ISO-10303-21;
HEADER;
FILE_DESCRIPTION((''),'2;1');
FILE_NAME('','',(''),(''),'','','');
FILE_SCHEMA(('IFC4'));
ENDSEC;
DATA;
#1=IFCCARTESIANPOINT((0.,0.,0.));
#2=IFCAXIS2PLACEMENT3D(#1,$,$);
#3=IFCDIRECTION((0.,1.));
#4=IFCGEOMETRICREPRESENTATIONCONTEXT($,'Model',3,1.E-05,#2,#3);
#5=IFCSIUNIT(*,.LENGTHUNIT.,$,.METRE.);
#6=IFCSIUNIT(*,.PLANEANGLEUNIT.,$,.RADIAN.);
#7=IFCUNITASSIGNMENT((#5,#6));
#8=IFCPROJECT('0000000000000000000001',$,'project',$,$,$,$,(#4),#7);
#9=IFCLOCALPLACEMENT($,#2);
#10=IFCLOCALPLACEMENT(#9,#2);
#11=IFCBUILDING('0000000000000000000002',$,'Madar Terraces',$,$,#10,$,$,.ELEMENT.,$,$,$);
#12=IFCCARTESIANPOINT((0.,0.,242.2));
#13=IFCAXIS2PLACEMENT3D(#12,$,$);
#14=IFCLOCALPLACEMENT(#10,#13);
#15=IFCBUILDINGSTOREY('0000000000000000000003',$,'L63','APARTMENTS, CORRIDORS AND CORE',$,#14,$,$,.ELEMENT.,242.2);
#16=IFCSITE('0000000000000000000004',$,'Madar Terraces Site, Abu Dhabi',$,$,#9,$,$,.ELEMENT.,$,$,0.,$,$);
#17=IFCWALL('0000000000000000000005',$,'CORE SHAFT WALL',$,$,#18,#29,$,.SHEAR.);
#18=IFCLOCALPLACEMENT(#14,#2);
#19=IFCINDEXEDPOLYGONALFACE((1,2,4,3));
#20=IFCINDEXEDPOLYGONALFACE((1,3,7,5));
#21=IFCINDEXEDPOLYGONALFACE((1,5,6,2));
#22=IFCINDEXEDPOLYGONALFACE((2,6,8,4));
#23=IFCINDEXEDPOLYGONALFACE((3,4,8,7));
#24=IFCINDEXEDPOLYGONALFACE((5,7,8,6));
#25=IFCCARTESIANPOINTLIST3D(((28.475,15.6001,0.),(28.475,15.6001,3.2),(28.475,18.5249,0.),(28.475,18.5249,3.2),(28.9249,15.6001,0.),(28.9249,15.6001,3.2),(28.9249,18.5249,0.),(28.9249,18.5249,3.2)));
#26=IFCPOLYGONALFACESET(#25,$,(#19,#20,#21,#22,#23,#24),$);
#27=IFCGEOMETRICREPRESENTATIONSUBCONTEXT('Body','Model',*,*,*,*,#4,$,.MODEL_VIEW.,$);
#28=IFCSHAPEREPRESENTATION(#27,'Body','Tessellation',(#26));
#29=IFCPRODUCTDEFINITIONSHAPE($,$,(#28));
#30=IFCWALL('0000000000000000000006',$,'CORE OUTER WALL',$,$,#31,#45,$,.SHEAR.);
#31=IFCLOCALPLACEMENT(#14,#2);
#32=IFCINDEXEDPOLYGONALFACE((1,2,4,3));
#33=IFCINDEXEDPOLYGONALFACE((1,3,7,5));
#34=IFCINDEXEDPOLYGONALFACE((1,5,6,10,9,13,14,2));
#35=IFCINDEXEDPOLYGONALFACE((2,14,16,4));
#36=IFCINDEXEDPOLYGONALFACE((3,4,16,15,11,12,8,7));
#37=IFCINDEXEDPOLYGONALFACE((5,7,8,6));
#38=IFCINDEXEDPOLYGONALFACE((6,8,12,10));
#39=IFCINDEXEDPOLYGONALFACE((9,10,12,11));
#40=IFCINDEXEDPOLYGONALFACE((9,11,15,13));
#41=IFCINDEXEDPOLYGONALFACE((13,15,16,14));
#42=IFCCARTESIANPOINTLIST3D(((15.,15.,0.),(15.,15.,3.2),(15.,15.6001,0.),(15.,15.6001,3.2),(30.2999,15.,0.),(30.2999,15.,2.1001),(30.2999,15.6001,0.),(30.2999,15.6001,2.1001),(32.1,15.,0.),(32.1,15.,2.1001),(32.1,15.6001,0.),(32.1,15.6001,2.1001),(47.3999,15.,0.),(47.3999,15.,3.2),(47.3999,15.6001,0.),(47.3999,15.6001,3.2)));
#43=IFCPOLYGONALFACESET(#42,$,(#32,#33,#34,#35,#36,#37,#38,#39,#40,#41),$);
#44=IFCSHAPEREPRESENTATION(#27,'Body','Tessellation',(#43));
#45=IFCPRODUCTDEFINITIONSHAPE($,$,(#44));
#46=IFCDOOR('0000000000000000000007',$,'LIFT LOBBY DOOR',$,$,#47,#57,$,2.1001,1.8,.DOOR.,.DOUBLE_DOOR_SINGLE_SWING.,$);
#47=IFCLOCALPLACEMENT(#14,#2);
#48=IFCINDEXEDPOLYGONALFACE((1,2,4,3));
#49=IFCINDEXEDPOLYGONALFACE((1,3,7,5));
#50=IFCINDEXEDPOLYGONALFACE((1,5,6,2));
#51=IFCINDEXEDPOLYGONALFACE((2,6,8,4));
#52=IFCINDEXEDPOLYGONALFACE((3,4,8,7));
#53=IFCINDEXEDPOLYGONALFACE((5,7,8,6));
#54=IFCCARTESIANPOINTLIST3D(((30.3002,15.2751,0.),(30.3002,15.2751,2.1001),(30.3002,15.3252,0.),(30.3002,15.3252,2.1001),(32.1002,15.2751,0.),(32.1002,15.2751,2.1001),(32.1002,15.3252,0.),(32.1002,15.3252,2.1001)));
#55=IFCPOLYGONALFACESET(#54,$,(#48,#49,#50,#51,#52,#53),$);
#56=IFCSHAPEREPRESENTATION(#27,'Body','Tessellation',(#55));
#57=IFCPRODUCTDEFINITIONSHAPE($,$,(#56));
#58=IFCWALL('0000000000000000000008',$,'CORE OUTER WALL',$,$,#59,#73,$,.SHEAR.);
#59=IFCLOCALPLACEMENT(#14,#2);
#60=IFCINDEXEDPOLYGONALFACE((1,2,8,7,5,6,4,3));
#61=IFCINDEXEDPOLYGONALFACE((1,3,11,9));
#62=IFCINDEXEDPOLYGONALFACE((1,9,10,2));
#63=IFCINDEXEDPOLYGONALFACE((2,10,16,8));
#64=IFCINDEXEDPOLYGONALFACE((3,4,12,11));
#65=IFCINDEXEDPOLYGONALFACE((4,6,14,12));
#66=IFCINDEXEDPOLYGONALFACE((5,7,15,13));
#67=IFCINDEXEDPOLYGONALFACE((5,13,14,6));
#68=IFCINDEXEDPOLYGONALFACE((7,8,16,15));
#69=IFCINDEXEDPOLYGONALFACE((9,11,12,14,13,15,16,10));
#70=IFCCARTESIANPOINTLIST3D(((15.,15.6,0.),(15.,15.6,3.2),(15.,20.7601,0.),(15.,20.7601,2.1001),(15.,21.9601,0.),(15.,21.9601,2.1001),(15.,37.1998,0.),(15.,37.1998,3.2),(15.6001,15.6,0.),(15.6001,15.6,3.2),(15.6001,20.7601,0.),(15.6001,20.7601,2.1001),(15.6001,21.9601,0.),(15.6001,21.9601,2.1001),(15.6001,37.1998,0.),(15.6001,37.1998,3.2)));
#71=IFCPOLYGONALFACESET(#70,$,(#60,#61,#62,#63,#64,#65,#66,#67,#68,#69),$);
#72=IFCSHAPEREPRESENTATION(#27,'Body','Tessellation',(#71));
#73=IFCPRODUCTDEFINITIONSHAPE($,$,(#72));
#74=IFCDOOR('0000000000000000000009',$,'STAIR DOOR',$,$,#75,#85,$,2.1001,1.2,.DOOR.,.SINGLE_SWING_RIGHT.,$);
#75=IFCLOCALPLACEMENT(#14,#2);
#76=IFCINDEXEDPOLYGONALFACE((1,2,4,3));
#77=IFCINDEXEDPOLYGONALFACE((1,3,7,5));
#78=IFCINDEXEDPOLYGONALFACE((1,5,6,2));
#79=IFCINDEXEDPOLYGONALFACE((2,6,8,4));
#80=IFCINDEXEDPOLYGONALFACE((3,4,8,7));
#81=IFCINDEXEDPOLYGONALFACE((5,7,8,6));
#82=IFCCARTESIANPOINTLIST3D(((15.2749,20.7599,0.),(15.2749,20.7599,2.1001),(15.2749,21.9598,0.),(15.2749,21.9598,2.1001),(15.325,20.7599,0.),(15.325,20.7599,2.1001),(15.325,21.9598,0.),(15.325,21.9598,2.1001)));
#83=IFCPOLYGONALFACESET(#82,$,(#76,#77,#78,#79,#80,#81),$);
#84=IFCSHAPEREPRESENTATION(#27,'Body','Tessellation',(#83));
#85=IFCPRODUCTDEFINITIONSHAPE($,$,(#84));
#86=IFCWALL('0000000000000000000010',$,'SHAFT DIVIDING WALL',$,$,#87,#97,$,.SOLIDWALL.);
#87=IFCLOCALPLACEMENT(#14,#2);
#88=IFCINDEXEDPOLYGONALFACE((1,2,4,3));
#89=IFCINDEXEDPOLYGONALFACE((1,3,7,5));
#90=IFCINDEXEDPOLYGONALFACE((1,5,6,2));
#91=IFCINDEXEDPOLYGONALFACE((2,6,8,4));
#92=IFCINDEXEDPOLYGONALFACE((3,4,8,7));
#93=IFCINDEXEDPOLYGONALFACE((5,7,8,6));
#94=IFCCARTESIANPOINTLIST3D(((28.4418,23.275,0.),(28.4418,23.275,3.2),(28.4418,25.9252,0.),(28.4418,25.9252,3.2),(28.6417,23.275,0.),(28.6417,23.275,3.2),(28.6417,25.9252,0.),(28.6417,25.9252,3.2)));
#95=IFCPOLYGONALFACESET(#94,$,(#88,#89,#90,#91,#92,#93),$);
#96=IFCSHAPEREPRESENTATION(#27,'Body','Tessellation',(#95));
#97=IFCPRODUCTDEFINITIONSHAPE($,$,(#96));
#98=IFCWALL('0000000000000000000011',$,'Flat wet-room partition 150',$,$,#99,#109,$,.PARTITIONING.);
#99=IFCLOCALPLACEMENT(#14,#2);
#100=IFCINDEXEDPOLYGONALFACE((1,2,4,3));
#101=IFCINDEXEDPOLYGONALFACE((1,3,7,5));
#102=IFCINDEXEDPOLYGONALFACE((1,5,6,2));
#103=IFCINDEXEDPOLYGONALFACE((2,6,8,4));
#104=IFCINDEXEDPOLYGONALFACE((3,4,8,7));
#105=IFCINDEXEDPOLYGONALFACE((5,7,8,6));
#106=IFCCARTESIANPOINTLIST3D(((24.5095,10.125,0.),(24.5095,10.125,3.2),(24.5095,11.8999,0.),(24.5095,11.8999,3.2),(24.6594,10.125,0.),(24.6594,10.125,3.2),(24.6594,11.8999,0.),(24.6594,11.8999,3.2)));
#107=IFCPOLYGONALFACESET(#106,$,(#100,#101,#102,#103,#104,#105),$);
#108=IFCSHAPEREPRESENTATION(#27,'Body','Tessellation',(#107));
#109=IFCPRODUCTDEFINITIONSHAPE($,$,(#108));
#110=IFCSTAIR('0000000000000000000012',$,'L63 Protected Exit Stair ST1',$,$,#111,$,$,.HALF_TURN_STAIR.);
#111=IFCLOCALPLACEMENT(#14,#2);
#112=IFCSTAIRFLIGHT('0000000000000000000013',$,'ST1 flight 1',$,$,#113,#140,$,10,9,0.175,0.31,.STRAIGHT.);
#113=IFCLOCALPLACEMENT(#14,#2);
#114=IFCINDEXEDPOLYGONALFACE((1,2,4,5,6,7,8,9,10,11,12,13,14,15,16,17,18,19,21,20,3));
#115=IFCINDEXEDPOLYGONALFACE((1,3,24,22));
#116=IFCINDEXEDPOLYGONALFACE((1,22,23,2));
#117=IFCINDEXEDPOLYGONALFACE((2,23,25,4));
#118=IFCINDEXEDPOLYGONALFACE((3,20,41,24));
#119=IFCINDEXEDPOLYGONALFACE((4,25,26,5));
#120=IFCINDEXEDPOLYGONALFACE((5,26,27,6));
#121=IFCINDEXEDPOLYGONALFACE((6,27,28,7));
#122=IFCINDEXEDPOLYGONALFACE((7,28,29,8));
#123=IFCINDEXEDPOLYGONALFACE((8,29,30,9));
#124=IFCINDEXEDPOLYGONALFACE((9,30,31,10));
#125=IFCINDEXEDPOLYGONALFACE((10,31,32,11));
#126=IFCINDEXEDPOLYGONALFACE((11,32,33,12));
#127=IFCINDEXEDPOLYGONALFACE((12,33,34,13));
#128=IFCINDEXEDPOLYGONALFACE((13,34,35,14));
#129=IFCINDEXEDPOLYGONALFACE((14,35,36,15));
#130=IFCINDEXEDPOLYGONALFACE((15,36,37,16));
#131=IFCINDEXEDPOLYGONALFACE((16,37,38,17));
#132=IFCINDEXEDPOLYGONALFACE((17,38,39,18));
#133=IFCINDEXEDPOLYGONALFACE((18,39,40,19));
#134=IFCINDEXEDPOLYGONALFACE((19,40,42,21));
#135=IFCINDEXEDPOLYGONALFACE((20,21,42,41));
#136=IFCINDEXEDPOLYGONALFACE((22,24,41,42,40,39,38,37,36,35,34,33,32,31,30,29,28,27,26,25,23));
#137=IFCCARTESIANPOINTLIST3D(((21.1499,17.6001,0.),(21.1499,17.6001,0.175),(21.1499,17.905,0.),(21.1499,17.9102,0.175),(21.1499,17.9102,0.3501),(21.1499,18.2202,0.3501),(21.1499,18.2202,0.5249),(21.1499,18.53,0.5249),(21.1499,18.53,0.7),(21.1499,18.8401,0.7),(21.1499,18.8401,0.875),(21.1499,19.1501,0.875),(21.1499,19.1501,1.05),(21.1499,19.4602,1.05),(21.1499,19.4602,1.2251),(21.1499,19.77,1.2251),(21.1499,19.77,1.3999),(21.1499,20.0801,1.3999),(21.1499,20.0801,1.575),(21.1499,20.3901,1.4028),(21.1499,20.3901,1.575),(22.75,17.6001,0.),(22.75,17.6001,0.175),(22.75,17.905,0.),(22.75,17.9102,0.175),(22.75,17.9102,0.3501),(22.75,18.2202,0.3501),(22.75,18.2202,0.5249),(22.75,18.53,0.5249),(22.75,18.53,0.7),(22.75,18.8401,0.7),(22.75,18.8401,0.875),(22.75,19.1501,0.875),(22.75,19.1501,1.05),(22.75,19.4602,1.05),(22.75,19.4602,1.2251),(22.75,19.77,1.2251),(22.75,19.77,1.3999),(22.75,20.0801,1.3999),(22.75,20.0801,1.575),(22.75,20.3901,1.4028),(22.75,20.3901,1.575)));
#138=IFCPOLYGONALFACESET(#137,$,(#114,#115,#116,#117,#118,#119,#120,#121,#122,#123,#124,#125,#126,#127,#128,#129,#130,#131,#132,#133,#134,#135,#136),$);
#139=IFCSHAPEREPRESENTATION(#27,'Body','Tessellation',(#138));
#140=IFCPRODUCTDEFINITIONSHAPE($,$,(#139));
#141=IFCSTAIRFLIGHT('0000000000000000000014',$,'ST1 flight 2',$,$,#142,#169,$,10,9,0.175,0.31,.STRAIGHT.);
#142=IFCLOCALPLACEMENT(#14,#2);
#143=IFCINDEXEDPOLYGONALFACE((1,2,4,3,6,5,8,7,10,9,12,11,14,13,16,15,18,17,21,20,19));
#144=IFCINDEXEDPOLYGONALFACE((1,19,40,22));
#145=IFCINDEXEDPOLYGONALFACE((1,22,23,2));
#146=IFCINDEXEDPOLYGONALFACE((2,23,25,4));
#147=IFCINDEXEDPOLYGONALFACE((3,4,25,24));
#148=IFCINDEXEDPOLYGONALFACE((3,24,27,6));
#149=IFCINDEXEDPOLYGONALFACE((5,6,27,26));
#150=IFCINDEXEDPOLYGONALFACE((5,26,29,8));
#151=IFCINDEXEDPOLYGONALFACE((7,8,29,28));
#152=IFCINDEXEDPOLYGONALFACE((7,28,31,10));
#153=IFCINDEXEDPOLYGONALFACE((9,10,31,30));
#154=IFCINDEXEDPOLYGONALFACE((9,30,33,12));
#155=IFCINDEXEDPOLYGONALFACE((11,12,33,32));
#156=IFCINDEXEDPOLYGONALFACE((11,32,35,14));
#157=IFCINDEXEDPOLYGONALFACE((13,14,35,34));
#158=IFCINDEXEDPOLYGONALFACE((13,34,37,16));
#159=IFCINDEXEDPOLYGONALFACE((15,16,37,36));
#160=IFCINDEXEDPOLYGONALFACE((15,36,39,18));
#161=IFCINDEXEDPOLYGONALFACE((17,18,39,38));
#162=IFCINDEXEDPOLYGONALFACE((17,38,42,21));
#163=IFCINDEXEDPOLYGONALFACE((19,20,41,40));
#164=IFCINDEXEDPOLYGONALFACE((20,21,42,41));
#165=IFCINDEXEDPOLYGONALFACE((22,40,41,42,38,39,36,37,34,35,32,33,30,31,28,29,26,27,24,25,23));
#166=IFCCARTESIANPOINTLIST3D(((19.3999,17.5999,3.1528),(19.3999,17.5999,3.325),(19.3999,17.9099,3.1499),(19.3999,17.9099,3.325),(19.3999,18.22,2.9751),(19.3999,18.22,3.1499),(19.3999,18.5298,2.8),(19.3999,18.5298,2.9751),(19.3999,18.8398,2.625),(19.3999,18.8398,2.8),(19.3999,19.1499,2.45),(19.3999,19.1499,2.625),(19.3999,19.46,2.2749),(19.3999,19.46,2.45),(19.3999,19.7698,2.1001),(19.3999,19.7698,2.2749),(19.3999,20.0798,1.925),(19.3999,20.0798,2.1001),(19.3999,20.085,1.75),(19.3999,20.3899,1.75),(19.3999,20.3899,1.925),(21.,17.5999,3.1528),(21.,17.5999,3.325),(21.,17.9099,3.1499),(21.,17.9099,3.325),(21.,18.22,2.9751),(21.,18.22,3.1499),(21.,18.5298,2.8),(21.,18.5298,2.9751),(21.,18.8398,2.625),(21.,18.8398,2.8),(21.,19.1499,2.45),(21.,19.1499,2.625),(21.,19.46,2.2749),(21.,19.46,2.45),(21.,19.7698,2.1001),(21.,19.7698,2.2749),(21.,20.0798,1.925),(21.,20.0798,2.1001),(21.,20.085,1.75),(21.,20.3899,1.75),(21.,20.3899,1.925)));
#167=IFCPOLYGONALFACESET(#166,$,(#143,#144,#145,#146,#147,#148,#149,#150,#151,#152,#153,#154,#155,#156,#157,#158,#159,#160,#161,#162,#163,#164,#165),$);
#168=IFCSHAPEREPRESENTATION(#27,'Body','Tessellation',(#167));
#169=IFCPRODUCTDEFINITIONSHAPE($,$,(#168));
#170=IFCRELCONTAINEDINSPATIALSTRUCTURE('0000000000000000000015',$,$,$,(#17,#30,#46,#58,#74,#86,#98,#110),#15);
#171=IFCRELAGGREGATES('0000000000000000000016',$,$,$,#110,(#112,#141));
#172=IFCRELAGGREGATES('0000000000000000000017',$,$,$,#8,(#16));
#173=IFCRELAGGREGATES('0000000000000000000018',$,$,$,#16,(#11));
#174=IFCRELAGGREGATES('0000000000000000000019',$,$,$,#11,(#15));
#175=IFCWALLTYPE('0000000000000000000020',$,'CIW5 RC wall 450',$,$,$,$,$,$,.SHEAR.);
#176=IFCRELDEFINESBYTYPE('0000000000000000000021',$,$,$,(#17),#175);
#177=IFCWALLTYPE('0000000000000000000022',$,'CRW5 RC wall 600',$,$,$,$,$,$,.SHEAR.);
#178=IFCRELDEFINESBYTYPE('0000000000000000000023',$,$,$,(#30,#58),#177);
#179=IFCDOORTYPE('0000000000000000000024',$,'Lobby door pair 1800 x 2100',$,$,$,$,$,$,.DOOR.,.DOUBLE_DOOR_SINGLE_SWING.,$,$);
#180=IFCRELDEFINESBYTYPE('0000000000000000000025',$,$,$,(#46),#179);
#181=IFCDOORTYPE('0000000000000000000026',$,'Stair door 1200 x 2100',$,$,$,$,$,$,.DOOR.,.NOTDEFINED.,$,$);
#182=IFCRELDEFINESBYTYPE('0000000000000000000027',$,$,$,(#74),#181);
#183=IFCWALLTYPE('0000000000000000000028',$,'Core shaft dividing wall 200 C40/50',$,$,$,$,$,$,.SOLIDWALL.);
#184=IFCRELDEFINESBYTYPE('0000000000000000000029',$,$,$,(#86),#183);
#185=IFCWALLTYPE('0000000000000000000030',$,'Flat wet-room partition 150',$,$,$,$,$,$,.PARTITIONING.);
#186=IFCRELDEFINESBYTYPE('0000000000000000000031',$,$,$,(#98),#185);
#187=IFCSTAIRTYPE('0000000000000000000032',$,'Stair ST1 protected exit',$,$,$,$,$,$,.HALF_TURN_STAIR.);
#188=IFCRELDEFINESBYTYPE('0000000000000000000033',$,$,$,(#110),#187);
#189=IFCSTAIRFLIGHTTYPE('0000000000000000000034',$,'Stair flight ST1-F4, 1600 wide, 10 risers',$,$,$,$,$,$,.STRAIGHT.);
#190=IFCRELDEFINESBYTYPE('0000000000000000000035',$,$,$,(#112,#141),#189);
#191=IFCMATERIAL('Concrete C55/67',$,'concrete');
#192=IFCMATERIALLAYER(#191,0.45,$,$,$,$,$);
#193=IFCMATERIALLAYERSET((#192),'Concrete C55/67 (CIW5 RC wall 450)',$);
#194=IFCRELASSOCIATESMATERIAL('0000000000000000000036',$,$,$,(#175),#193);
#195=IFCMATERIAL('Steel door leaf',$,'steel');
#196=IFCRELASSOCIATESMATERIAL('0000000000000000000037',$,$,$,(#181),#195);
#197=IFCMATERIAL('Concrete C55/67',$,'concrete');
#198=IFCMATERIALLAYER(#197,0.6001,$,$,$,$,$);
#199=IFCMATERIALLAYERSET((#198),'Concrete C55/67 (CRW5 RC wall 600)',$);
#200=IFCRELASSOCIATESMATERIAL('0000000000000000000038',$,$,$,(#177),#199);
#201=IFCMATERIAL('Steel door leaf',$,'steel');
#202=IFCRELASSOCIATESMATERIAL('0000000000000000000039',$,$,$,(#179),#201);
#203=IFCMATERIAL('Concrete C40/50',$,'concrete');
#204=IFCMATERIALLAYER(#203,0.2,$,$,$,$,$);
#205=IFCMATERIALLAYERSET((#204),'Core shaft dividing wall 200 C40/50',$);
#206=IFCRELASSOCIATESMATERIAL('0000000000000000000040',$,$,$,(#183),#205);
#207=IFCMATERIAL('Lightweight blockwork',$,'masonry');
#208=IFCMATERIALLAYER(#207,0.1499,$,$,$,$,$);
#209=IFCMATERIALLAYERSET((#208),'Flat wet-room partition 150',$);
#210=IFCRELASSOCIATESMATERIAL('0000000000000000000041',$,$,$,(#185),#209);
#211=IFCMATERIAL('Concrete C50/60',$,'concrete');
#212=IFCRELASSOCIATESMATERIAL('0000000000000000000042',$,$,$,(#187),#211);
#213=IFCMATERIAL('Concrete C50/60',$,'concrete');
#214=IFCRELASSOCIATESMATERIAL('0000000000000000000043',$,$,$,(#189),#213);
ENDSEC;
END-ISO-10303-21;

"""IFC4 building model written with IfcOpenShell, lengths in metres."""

from ifc_helpers import new_model, si_unit, direction, frame, frame_2d, origin, place, context, subcontext, project, spatial, polyline, rectangle, outline, extrude, material, layer, layer_set, type_object, element, fill, aggregate, save


model = new_model("IFC4")

# Units and contexts
model_context = context("Model", 3, precision=1e-05, world=origin(), true_north=direction((0.0, 1.0)))
body_context = subcontext(model_context, "Body", "Model", "MODEL_VIEW")
ifc_project = project(units=[si_unit("LENGTHUNIT", "METRE"), si_unit("PLANEANGLEUNIT", "RADIAN")], contexts=[model_context])

# Site, building, storey
site_placement = place(None, origin())
site = spatial("IfcSite", under=ifc_project, at=site_placement, Name="Madar Terraces Site, Abu Dhabi", CompositionType="ELEMENT", RefElevation=0.0)
building_placement = place(site_placement, origin())
building = spatial("IfcBuilding", under=site, at=building_placement, Name="Madar Terraces", CompositionType="ELEMENT")
storey_placement = place(building_placement, frame((0.0, 0.0, 242.2)))
storey = spatial("IfcBuildingStorey", under=building, at=storey_placement, Name="L63", Description="APARTMENTS, CORRIDORS AND CORE", CompositionType="ELEMENT", Elevation=242.2)

# Shared definitions
ifc_material_1 = material(Name="Concrete C55/67", Category="concrete")
ifc_layer_1 = layer(ifc_material_1, 0.45)
ifc_layer_set_1 = layer_set([ifc_layer_1], Name="Concrete C55/67 (CIW5 RC wall 450)")
wall_type_1 = type_object("IfcWallType", Name="CIW5 RC wall 450", PredefinedType="SHEAR", material=ifc_layer_set_1)
ifc_material_2 = material(Name="Steel door leaf", Category="steel")
door_type_1 = type_object("IfcDoorType", Name="Stair door 1200 x 2100", OperationType="NOTDEFINED", PredefinedType="DOOR", material=ifc_material_2)

# Wall
wall_1_placement = place(storey_placement, frame((28.7, 15.6001, 0.0), z_axis=(0.0, 0.0, 1.0), x_axis=(0.0, 1.0, 0.0)))
element("IfcWall", 1, at=wall_1_placement, inside=storey, type_object=wall_type_1, Name="CORE SHAFT WALL", PredefinedType="SHEAR", context=body_context, shape_type="SweptSolid", body=[
    extrude(rectangle(XDim=2.9248, YDim=0.45, at=frame_2d((1.4624, 0.0))), origin(), (0.0, 0.0, 1.0), 3.2),
])

# Walls, openings, doors
ifc_material_3 = material(Name="Concrete C55/67", Category="concrete")
ifc_layer_2 = layer(ifc_material_3, 0.6001)
ifc_layer_set_2 = layer_set([ifc_layer_2], Name="Concrete C55/67 (CRW5 RC wall 600)")
wall_type_2 = type_object("IfcWallType", Name="CRW5 RC wall 600", PredefinedType="SHEAR", material=ifc_layer_set_2)
wall_2_placement = place(storey_placement, frame((15.0, 15.3, 0.0), z_axis=(0.0, 0.0, 1.0), x_axis=(1.0, 0.0, 0.0)))
wall_2 = element("IfcWall", 2, at=wall_2_placement, inside=storey, type_object=wall_type_2, Name="CORE OUTER WALL", PredefinedType="SHEAR", context=body_context, shape_type="SweptSolid", body=[
    extrude(rectangle(XDim=32.3999, YDim=0.6001, at=frame_2d((16.2, 0.0))), origin(), (0.0, 0.0, 1.0), 3.2),
])
opening_1_placement = place(wall_2_placement, frame((15.3, 0.0, 0.0)))
opening_1 = element("IfcOpeningElement", 3, at=opening_1_placement, cuts=wall_2, PredefinedType="OPENING", context=body_context, shape_type="SweptSolid", body=[
    extrude(rectangle(XDim=1.8, YDim=2.1001, at=frame_2d((0.8999, 1.05))), frame((0.0, 0.3101, 0.0), z_axis=(0.0, -1.0, 0.0), x_axis=(1.0, 0.0, 0.0)), (0.0, 0.0, 1.0), 0.6201),
])
ifc_material_4 = material(Name="Steel door leaf", Category="steel")
door_type_2 = type_object("IfcDoorType", Name="Lobby door pair 1800 x 2100", OperationType="DOUBLE_DOOR_SINGLE_SWING", PredefinedType="DOOR", material=ifc_material_4)
door_1_placement = place(opening_1_placement, frame((1.8, 0.0, 0.0), z_axis=(0.0, 0.0, 1.0), x_axis=(-1.0, 0.0, 0.0)))
door_1 = element("IfcDoor", 4, at=door_1_placement, inside=storey, type_object=door_type_2, Name="LIFT LOBBY DOOR", OperationType="DOUBLE_DOOR_SINGLE_SWING", OverallHeight=2.1001, OverallWidth=1.8, PredefinedType="DOOR", context=body_context, shape_type="SweptSolid", body=[
    extrude(rectangle(XDim=1.8, YDim=2.1001, at=frame_2d((0.8999, 1.05))), frame((0.0, 0.0249, 0.0), z_axis=(0.0, -1.0, 0.0), x_axis=(1.0, 0.0, 0.0)), (0.0, 0.0, 1.0), 0.05),
])
fill(opening_1, door_1)
wall_3_placement = place(storey_placement, frame((15.3, 15.6001, 0.0), z_axis=(0.0, 0.0, 1.0), x_axis=(0.0, 1.0, 0.0)))
wall_3 = element("IfcWall", 5, at=wall_3_placement, inside=storey, type_object=wall_type_2, Name="CORE OUTER WALL", PredefinedType="SHEAR", context=body_context, shape_type="SweptSolid", body=[
    extrude(rectangle(XDim=21.5999, YDim=0.6001, at=frame_2d((10.7998, 0.0))), origin(), (0.0, 0.0, 1.0), 3.2),
])
opening_2_placement = place(wall_3_placement, frame((5.1599, 0.0, 0.0)))
opening_2 = element("IfcOpeningElement", 6, at=opening_2_placement, cuts=wall_3, PredefinedType="OPENING", context=body_context, shape_type="SweptSolid", body=[
    extrude(rectangle(XDim=1.2, YDim=2.1001, at=frame_2d((0.6001, 1.05))), frame((0.0, 0.3101, 0.0), z_axis=(0.0, -1.0, 0.0), x_axis=(1.0, 0.0, 0.0)), (0.0, 0.0, 1.0), 0.6201),
])
door_2_placement = place(opening_2_placement, frame((1.2, 0.0, 0.0), z_axis=(0.0, 0.0, 1.0), x_axis=(-1.0, 0.0, 0.0)))
door_2 = element("IfcDoor", 7, at=door_2_placement, inside=storey, type_object=door_type_1, Name="STAIR DOOR", OperationType="SINGLE_SWING_RIGHT", OverallHeight=2.1001, OverallWidth=1.2, PredefinedType="DOOR", context=body_context, shape_type="SweptSolid", body=[
    extrude(rectangle(XDim=1.2, YDim=2.1001, at=frame_2d((0.6001, 1.05))), frame((0.0, 0.0249, 0.0), z_axis=(0.0, -1.0, 0.0), x_axis=(1.0, 0.0, 0.0)), (0.0, 0.0, 1.0), 0.05),
])
fill(opening_2, door_2)

# Walls
ifc_material_5 = material(Name="Concrete C40/50", Category="concrete")
ifc_layer_3 = layer(ifc_material_5, 0.2)
ifc_layer_set_3 = layer_set([ifc_layer_3], Name="Core shaft dividing wall 200 C40/50")
wall_type_3 = type_object("IfcWallType", Name="Core shaft dividing wall 200 C40/50", PredefinedType="SOLIDWALL", material=ifc_layer_set_3)
wall_4_placement = place(storey_placement, frame((28.5417, 23.2749, 0.0), z_axis=(0.0, 0.0, 1.0), x_axis=(0.0, 1.0, 0.0)))
element("IfcWall", 8, at=wall_4_placement, inside=storey, type_object=wall_type_3, Name="SHAFT DIVIDING WALL", PredefinedType="SOLIDWALL", context=body_context, shape_type="SweptSolid", body=[
    extrude(rectangle(XDim=2.6501, YDim=0.2, at=frame_2d((1.3252, 0.0))), origin(), (0.0, 0.0, 1.0), 3.2),
])
ifc_material_6 = material(Name="Lightweight blockwork", Category="masonry")
ifc_layer_4 = layer(ifc_material_6, 0.1499)
ifc_layer_set_4 = layer_set([ifc_layer_4], Name="Flat wet-room partition 150")
wall_type_4 = type_object("IfcWallType", Name="Flat wet-room partition 150", PredefinedType="PARTITIONING", material=ifc_layer_set_4)
wall_5_placement = place(storey_placement, frame((24.5845, 11.8999, 0.0), z_axis=(0.0, 0.0, 1.0), x_axis=(0.0, -1.0, 0.0)))
element("IfcWall", 9, at=wall_5_placement, inside=storey, type_object=wall_type_4, Name="Flat wet-room partition 150", PredefinedType="PARTITIONING", context=body_context, shape_type="SweptSolid", body=[
    extrude(rectangle(XDim=1.7749, YDim=0.1499, at=frame_2d((0.8875, 0.0))), origin(), (0.0, 0.0, 1.0), 3.2),
])

# Stair, stair flights
ifc_material_7 = material(Name="Concrete C50/60", Category="concrete")
stair_type = type_object("IfcStairType", Name="Stair ST1 protected exit", PredefinedType="HALF_TURN_STAIR", material=ifc_material_7)
stair_placement = place(storey_placement, origin())
stair = element("IfcStair", 10, at=stair_placement, inside=storey, type_object=stair_type, Name="L63 Protected Exit Stair ST1", PredefinedType="HALF_TURN_STAIR")
ifc_material_8 = material(Name="Concrete C50/60", Category="concrete")
stair_flight_type = type_object("IfcStairFlightType", Name="Stair flight ST1-F4, 1600 wide, 10 risers", PredefinedType="STRAIGHT", material=ifc_material_8)
stair_flight_1_placement = place(storey_placement, frame((21.95, 17.6001, 0.0), z_axis=(0.0, 0.0, 1.0), x_axis=(0.0, 1.0, 0.0)))
stair_flight_1 = element("IfcStairFlight", 11, at=stair_flight_1_placement, type_object=stair_flight_type, Name="ST1 flight 1", NumberOfRisers=10, NumberOfTreads=9, PredefinedType="STRAIGHT", RiserHeight=0.175, TreadLength=0.31, context=body_context, shape_type="SweptSolid", body=[
    extrude(outline(polyline([(0.0, 0.0), (0.0, 0.175), (0.3101, 0.175), (0.3101, 0.3501), (0.6201, 0.3501), (0.6201, 0.5249), (0.9299, 0.5249), (0.9299, 0.7), (1.24, 0.7), (1.24, 0.875), (1.55, 0.875), (1.55, 1.05), (1.8601, 1.05), (1.8601, 1.2251), (2.1699, 1.2251), (2.1699, 1.3999), (2.48, 1.3999), (2.48, 1.575), (2.79, 1.575), (2.79, 1.75), (2.79, 1.4028), (0.3049, 0.0), (0.0, 0.0)])), frame((0.0, 0.8, 0.0), z_axis=(0.0, -1.0, 0.0), x_axis=(1.0, 0.0, 0.0)), (0.0, 0.0, 1.0), 1.6001),
])
stair_flight_2_placement = place(storey_placement, frame((20.2, 20.3899, 1.75), z_axis=(0.0, 0.0, 1.0), x_axis=(0.0, -1.0, 0.0)))
stair_flight_2 = element("IfcStairFlight", 12, at=stair_flight_2_placement, type_object=stair_flight_type, Name="ST1 flight 2", NumberOfRisers=10, NumberOfTreads=9, PredefinedType="STRAIGHT", RiserHeight=0.175, TreadLength=0.31, context=body_context, shape_type="SweptSolid", body=[
    extrude(outline(polyline([(0.0, 0.0), (0.0, 0.175), (0.3101, 0.175), (0.3101, 0.3501), (0.6201, 0.3501), (0.6201, 0.5249), (0.9299, 0.5249), (0.9299, 0.7), (1.24, 0.7), (1.24, 0.875), (1.55, 0.875), (1.55, 1.05), (1.8601, 1.05), (1.8601, 1.2251), (2.1699, 1.2251), (2.1699, 1.3999), (2.48, 1.3999), (2.48, 1.575), (2.79, 1.575), (2.79, 1.75), (2.79, 1.4028), (0.3049, 0.0), (0.0, 0.0)])), frame((0.0, 0.8, 0.0), z_axis=(0.0, -1.0, 0.0), x_axis=(1.0, 0.0, 0.0)), (0.0, 0.0, 1.0), 1.6001),
])
aggregate(stair, [stair_flight_1, stair_flight_2])

save(model, "model.ifc")
